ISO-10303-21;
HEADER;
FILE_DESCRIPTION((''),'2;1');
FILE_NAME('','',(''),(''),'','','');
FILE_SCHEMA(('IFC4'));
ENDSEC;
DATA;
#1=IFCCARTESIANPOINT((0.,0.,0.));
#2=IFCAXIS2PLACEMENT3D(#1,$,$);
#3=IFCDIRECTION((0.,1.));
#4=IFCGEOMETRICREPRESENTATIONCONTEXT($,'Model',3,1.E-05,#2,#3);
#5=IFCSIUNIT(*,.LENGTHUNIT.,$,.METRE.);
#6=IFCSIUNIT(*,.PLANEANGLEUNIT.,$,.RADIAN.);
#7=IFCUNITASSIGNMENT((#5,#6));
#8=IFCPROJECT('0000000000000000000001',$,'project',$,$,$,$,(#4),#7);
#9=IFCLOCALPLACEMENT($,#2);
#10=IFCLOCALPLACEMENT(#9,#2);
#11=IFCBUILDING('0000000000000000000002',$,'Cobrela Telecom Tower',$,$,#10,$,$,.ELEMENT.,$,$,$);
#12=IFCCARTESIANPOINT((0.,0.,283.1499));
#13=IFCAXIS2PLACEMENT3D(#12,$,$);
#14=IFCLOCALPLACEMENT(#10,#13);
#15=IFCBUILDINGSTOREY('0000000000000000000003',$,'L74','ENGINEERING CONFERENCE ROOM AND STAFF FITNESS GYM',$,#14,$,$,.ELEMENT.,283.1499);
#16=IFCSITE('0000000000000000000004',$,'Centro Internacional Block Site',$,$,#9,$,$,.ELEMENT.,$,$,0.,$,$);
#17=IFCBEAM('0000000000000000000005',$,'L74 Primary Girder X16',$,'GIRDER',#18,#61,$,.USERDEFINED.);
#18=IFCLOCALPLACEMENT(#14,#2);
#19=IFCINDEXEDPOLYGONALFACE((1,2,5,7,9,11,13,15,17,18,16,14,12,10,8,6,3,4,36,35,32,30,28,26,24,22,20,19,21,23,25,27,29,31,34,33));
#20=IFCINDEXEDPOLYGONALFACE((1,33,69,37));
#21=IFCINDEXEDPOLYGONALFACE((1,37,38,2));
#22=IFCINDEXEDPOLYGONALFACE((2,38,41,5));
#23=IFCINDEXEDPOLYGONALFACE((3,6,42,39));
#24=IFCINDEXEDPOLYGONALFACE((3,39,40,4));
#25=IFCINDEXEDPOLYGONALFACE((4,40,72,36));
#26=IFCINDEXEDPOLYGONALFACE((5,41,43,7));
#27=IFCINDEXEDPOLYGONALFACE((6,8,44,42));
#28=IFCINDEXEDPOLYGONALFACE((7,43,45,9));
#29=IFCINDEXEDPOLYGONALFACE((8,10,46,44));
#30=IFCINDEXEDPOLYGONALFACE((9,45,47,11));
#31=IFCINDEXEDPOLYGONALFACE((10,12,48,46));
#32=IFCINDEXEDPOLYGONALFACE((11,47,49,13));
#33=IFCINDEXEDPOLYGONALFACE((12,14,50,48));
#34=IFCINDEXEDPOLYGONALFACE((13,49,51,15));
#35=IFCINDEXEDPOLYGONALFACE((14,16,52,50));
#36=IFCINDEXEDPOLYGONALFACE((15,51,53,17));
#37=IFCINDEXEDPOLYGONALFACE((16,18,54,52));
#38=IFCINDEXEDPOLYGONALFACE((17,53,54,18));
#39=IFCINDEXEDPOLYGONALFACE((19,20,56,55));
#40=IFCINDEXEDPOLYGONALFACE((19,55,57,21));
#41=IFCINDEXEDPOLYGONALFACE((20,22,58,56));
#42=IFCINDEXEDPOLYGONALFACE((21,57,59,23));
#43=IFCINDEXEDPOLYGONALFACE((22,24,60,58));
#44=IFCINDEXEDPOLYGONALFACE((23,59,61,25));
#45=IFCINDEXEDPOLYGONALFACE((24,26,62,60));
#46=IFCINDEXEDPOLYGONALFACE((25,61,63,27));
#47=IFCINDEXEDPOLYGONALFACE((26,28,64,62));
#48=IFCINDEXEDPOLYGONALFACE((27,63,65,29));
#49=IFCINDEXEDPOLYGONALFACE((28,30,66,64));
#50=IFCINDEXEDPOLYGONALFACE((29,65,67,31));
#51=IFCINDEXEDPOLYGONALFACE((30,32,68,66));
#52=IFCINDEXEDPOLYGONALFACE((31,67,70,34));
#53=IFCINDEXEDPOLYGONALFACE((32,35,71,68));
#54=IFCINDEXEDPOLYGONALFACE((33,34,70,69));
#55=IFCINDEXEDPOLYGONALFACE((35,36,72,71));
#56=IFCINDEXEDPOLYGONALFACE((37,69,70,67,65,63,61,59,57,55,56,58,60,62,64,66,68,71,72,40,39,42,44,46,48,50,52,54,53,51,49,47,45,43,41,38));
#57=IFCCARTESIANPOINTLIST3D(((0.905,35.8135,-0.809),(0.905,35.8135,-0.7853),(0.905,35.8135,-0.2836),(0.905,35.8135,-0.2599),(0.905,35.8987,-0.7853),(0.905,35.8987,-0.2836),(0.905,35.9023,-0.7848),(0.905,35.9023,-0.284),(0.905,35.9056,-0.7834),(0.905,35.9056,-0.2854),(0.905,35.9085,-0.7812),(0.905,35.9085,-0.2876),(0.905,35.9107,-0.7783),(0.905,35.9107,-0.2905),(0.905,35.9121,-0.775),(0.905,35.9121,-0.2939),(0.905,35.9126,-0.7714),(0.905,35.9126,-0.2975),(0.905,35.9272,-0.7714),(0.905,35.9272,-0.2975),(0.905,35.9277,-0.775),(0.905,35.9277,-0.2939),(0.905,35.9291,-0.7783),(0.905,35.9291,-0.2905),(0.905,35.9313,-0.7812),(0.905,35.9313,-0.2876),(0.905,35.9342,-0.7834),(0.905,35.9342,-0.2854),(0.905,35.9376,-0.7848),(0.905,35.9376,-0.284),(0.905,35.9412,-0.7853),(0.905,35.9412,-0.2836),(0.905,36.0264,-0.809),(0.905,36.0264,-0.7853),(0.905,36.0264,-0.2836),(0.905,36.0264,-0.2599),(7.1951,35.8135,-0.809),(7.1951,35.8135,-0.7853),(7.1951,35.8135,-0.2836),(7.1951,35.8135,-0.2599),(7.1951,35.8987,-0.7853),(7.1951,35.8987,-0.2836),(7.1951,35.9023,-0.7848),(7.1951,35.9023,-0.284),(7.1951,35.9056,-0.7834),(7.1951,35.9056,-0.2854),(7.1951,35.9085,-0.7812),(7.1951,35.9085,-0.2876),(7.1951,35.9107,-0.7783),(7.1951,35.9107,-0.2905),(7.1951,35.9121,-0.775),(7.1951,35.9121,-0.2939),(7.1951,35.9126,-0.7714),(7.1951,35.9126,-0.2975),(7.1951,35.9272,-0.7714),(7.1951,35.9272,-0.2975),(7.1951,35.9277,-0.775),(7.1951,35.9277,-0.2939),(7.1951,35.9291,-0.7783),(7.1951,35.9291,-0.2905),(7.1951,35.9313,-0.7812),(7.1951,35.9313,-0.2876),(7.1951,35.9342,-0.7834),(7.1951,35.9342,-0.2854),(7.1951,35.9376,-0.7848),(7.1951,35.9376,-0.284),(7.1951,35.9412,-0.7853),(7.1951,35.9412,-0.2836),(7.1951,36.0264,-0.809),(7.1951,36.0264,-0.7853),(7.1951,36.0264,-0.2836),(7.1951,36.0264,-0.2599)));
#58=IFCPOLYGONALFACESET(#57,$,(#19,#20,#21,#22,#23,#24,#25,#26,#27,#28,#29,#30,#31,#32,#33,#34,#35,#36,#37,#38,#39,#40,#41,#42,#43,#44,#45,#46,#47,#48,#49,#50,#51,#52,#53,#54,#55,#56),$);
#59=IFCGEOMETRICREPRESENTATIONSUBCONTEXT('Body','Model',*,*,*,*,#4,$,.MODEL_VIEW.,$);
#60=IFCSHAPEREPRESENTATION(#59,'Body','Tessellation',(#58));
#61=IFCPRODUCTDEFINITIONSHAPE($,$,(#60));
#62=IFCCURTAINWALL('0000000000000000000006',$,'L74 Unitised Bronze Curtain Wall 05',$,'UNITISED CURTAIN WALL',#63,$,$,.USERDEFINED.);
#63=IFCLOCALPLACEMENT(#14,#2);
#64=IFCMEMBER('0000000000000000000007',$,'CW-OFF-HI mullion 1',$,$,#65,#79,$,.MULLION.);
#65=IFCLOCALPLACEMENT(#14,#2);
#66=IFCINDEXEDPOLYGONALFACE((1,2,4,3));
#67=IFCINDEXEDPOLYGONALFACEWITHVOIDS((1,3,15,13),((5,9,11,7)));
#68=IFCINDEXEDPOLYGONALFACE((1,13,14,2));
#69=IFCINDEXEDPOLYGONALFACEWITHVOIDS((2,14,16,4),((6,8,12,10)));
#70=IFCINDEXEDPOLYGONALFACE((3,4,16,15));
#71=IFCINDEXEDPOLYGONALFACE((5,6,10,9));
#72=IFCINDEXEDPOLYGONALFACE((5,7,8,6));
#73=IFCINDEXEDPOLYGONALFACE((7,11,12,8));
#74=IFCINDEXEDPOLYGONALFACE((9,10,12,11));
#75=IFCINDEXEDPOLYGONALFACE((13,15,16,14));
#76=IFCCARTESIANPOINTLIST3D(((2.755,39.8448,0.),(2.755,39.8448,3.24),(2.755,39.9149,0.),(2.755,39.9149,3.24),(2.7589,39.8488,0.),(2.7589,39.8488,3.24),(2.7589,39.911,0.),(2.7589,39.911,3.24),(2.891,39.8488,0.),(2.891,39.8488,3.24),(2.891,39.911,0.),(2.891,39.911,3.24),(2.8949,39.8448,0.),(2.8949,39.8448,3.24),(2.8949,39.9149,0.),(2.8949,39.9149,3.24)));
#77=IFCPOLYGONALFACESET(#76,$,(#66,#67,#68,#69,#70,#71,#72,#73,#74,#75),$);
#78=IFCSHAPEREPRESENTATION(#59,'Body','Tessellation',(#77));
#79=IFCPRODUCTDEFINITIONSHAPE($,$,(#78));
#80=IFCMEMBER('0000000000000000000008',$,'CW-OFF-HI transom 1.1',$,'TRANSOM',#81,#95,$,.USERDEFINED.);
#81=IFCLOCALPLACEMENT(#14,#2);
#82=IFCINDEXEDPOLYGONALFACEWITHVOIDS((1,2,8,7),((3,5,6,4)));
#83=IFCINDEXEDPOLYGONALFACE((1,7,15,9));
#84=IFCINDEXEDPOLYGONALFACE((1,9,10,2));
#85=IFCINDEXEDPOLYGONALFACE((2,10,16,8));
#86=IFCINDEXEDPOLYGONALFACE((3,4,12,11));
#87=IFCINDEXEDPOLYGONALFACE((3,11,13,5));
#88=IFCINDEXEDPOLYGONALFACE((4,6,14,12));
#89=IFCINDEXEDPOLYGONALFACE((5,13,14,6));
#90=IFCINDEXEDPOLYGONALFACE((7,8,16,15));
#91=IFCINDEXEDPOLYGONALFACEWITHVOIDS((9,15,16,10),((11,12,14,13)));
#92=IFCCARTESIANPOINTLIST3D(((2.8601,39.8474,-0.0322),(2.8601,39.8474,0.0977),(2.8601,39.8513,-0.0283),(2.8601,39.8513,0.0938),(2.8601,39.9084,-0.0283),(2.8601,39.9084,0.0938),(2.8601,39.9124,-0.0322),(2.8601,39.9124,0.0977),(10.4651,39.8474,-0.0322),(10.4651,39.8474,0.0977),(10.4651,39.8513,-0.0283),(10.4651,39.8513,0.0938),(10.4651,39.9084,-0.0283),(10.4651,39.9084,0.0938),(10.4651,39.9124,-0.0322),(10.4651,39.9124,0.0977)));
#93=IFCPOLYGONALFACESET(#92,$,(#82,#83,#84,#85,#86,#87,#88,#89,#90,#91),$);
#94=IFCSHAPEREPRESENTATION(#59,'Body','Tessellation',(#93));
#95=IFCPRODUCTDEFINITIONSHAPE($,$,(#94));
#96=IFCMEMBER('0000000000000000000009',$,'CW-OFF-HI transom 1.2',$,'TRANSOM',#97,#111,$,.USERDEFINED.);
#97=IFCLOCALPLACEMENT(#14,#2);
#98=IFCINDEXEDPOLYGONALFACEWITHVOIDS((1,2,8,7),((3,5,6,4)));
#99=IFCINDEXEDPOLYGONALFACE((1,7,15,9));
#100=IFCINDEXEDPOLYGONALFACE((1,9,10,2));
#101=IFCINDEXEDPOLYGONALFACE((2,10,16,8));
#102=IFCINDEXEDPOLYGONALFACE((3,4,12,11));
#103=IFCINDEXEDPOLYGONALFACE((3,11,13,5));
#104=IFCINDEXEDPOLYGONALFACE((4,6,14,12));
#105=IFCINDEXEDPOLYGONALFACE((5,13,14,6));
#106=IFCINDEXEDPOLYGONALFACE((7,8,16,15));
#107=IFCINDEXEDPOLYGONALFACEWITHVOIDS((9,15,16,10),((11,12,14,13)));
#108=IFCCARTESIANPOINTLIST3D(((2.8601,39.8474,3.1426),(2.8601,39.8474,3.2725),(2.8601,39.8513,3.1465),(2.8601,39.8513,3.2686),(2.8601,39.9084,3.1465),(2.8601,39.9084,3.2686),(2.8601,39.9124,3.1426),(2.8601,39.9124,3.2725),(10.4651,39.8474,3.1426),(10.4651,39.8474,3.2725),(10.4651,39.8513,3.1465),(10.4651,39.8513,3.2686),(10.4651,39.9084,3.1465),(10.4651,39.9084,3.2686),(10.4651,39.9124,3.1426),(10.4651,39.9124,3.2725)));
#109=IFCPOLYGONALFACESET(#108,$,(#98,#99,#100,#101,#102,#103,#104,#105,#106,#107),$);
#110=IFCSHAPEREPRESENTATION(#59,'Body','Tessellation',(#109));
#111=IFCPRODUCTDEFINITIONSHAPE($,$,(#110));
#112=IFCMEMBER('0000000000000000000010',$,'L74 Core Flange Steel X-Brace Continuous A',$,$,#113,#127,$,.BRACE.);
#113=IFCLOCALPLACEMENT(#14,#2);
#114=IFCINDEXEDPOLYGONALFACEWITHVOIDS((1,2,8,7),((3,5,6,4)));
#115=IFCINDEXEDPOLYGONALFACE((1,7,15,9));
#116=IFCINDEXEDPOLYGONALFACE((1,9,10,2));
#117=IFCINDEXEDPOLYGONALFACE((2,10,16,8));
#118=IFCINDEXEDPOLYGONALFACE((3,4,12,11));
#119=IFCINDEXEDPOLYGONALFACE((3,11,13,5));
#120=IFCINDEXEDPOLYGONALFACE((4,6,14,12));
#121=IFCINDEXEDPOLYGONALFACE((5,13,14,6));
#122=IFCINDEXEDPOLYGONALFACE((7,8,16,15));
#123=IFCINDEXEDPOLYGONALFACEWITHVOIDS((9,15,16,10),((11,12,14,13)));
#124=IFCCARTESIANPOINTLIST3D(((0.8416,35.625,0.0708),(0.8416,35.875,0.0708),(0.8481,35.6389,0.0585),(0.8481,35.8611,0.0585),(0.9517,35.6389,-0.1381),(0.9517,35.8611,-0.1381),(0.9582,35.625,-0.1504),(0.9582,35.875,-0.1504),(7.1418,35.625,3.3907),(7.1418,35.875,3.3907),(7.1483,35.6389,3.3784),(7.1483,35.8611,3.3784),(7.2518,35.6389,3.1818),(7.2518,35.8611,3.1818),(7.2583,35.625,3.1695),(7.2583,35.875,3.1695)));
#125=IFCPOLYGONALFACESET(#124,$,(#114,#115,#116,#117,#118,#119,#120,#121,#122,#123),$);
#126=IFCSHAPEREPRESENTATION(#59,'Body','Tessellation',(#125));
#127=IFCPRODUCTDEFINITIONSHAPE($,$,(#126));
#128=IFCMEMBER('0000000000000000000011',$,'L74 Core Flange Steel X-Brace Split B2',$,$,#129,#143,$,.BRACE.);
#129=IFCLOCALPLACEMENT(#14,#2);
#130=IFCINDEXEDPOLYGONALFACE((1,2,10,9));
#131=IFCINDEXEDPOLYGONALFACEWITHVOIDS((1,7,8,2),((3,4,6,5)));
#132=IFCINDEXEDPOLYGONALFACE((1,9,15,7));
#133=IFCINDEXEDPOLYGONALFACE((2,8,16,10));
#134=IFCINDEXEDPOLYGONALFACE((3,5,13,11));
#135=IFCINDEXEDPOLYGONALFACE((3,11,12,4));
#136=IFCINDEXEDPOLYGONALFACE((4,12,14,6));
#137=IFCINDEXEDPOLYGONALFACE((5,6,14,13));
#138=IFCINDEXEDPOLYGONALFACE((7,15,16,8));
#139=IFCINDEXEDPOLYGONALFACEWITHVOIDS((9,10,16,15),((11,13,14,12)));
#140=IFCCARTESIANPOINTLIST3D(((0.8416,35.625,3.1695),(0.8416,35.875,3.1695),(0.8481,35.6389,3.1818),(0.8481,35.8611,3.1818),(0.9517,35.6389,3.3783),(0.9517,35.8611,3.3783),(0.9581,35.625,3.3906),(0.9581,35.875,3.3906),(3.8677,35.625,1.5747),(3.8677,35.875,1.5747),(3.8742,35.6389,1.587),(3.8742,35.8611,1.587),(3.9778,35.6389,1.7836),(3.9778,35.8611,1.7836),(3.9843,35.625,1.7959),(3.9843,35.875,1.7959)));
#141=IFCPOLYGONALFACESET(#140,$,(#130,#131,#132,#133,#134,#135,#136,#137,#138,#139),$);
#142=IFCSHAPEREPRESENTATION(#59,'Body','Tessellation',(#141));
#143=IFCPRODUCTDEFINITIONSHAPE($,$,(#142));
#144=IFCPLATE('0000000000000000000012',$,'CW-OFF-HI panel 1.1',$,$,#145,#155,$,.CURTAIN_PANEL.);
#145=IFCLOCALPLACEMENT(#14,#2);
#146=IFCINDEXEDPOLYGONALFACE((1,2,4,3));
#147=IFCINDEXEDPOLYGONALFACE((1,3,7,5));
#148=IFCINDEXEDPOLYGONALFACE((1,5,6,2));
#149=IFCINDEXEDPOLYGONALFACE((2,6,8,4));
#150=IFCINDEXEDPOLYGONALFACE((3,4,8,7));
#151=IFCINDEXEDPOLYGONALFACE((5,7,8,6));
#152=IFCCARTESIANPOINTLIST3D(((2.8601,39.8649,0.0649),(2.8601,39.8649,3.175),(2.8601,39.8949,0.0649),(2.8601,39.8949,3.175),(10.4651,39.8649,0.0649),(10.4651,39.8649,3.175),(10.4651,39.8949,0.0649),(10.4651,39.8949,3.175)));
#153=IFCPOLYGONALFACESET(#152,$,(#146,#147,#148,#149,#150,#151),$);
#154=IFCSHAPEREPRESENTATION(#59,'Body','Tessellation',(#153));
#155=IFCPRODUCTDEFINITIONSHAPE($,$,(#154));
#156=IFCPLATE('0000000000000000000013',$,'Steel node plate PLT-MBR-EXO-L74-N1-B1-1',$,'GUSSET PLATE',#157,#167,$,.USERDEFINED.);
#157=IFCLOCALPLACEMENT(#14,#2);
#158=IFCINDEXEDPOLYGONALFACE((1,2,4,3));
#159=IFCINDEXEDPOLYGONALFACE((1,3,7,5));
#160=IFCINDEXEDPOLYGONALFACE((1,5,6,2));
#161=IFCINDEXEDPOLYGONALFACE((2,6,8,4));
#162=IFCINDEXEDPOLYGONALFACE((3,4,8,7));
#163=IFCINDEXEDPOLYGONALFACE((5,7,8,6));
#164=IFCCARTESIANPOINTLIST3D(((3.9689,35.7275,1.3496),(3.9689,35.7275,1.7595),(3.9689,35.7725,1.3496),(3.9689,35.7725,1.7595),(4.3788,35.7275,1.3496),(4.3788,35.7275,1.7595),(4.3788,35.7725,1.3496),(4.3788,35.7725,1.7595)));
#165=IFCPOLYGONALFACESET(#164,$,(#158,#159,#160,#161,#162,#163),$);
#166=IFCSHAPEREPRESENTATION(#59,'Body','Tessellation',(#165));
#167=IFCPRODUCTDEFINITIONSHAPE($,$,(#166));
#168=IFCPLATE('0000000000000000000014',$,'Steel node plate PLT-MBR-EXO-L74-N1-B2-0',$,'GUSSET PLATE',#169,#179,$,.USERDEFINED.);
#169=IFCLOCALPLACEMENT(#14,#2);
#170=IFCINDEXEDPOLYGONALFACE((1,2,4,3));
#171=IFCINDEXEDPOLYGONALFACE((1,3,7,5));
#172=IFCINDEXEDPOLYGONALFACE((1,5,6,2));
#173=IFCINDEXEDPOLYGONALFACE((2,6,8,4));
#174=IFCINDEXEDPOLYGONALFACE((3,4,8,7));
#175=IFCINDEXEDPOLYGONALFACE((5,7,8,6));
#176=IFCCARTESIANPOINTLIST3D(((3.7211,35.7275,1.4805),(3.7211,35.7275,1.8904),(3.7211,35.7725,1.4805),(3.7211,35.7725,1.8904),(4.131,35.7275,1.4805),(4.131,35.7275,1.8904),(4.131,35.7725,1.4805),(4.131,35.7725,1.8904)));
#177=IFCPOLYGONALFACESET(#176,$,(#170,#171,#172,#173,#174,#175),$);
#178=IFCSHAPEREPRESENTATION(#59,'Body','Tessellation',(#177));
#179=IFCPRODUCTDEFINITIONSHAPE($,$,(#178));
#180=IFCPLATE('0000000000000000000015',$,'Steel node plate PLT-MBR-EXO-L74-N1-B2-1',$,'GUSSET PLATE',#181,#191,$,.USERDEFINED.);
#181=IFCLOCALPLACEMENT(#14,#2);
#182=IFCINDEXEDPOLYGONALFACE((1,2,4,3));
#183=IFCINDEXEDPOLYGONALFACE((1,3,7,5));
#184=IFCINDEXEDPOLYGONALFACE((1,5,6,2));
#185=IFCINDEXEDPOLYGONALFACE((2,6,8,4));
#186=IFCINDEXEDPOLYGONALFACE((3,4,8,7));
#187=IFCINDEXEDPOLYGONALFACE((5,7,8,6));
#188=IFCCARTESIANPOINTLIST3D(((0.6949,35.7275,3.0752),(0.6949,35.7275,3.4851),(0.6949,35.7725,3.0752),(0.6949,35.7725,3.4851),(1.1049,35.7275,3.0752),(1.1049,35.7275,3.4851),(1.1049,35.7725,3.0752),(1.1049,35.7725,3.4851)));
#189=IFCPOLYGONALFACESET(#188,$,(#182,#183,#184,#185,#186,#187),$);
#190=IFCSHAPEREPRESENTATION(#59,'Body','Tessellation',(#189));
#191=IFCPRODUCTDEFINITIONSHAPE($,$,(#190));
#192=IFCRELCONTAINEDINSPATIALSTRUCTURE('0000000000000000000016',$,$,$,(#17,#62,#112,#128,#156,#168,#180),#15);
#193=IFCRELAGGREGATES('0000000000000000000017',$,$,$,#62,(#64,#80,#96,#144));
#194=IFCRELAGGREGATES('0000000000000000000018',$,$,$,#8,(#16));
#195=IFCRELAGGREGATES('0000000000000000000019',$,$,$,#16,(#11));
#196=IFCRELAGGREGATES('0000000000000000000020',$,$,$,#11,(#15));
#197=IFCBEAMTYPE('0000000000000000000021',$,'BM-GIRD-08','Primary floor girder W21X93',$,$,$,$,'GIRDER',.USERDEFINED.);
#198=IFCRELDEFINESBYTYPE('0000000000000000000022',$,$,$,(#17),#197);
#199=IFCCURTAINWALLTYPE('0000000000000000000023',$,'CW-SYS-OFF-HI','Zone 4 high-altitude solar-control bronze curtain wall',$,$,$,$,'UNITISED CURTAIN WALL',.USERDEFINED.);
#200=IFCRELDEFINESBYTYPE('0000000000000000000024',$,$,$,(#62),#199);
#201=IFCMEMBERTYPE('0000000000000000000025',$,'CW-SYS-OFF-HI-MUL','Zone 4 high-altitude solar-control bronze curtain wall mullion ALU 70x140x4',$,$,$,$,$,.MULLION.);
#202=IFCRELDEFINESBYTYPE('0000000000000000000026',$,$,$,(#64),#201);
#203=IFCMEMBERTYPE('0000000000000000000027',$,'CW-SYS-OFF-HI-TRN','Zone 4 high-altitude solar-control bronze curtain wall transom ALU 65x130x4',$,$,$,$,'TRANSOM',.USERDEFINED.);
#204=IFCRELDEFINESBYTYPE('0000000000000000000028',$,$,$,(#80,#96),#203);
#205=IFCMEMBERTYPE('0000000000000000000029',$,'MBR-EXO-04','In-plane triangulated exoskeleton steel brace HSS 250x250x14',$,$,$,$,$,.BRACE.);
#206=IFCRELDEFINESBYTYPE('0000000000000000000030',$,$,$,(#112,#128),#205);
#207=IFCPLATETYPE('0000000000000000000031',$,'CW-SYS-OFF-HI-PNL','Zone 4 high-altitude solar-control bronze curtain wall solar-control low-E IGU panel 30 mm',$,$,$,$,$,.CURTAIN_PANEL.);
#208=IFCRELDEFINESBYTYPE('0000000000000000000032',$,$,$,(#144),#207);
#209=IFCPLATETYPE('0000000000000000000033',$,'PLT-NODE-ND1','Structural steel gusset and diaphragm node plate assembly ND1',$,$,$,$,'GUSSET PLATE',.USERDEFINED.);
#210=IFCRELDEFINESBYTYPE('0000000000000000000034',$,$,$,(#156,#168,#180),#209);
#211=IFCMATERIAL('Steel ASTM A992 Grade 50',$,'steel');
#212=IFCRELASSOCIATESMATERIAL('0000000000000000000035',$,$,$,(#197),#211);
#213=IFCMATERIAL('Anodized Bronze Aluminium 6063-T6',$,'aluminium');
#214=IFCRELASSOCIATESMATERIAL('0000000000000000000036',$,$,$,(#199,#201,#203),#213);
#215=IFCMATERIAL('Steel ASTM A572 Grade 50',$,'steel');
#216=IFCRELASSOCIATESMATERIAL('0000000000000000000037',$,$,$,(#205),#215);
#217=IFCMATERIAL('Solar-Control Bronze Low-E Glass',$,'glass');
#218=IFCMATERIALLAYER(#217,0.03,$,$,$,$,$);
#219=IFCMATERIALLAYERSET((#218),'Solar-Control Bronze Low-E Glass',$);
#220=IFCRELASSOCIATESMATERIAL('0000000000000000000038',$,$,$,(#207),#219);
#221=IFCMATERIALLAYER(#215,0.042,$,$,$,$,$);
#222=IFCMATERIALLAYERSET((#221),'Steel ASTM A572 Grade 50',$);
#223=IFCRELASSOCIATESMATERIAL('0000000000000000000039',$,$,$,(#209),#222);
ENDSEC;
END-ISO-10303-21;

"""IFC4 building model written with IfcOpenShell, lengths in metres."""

from ifc_helpers import new_model, si_unit, direction, frame, origin, origin_2d, place, context, subcontext, project, spatial, rectangle, hollow_rectangle, i_section, extrude, material, layer, layer_set, material_profile, profile_set, type_object, element, aggregate, save


model = new_model("IFC4")

# Units and contexts
model_context = context("Model", 3, precision=1e-05, world=origin(), true_north=direction((0.0, 1.0)))
body_context = subcontext(model_context, "Body", "Model", "MODEL_VIEW")
ifc_project = project(units=[si_unit("LENGTHUNIT", "METRE"), si_unit("PLANEANGLEUNIT", "RADIAN")], contexts=[model_context])

# Site, building, storey
site_placement = place(None, origin())
site = spatial("IfcSite", under=ifc_project, at=site_placement, Name="Centro Internacional Block Site", CompositionType="ELEMENT", RefElevation=0.0)
building_placement = place(site_placement, origin())
building = spatial("IfcBuilding", under=site, at=building_placement, Name="Cobrela Telecom Tower", CompositionType="ELEMENT")
storey_placement = place(building_placement, frame((0.0, 0.0, 283.1499)))
storey = spatial("IfcBuildingStorey", under=building, at=storey_placement, Name="L74", Description="ENGINEERING CONFERENCE ROOM AND STAFF FITNESS GYM", CompositionType="ELEMENT", Elevation=283.1499)

# Beam
ifc_material_1 = material(Name="Steel ASTM A992 Grade 50", Category="steel")
ifc_material_profile_1 = material_profile(ifc_material_1, i_section(OverallWidth=0.2129, OverallDepth=0.5491, WebThickness=0.0146, FlangeThickness=0.0237, FilletRadius=0.0139, at=origin_2d()), Name="W21X93")
ifc_profile_set_1 = profile_set([ifc_material_profile_1], Name="Steel ASTM A992 Grade 50")
beam_type = type_object("IfcBeamType", Name="BM-GIRD-08", Description="Primary floor girder W21X93", ElementType="GIRDER", PredefinedType="USERDEFINED", material=ifc_profile_set_1)
beam_placement = place(storey_placement, frame((0.905, 35.9199, -0.5344), z_axis=(1.0, 0.0, 0.0), x_axis=(0.0, 1.0, 0.0)))
element("IfcBeam", 1, at=beam_placement, inside=storey, type_object=beam_type, Name="L74 Primary Girder X16", ObjectType="GIRDER", PredefinedType="USERDEFINED", context=body_context, shape_type="SweptSolid", body=[
    extrude(i_section(OverallWidth=0.2129, OverallDepth=0.5491, WebThickness=0.0146, FlangeThickness=0.0237, FilletRadius=0.0139, at=origin_2d()), origin(), (0.0, 0.0, 1.0), 6.29),
])

# Curtain wall, members
ifc_material_2 = material(Name="Anodized Bronze Aluminium 6063-T6", Category="aluminium")
curtain_wall_type = type_object("IfcCurtainWallType", Name="CW-SYS-OFF-HI", Description="Zone 4 high-altitude solar-control bronze curtain wall", ElementType="UNITISED CURTAIN WALL", PredefinedType="USERDEFINED", material=ifc_material_2)
curtain_wall_placement = place(storey_placement, origin())
curtain_wall = element("IfcCurtainWall", 2, at=curtain_wall_placement, inside=storey, type_object=curtain_wall_type, Name="L74 Unitised Bronze Curtain Wall 05", ObjectType="UNITISED CURTAIN WALL", PredefinedType="USERDEFINED")
ifc_material_profile_2 = material_profile(ifc_material_2, hollow_rectangle(XDim=0.0701, YDim=0.1399, WallThickness=0.0039, at=origin_2d()), Name="ALU 70x140x4")
ifc_profile_set_2 = profile_set([ifc_material_profile_2], Name="Anodized Bronze Aluminium 6063-T6")
member_type_1 = type_object("IfcMemberType", Name="CW-SYS-OFF-HI-MUL", Description="Zone 4 high-altitude solar-control bronze curtain wall mullion ALU 70x140x4", PredefinedType="MULLION", material=ifc_profile_set_2)
member_1_placement = place(storey_placement, frame((2.825, 39.8799, 0.0), z_axis=(0.0, 0.0, 1.0), x_axis=(0.0, 1.0, 0.0)))
member_1 = element("IfcMember", 3, at=member_1_placement, type_object=member_type_1, Name="CW-OFF-HI mullion 1", PredefinedType="MULLION", context=body_context, shape_type="SweptSolid", body=[
    extrude(hollow_rectangle(XDim=0.0701, YDim=0.1399, WallThickness=0.0039, at=origin_2d()), origin(), (0.0, 0.0, 1.0), 3.24),
])
ifc_material_profile_3 = material_profile(ifc_material_2, hollow_rectangle(XDim=0.0649, YDim=0.1299, WallThickness=0.0039, at=origin_2d()), Name="ALU 65x130x4")
ifc_profile_set_3 = profile_set([ifc_material_profile_3], Name="Anodized Bronze Aluminium 6063-T6")
member_type_2 = type_object("IfcMemberType", Name="CW-SYS-OFF-HI-TRN", Description="Zone 4 high-altitude solar-control bronze curtain wall transom ALU 65x130x4", ElementType="TRANSOM", PredefinedType="USERDEFINED", material=ifc_profile_set_3)
member_2_placement = place(storey_placement, frame((2.8601, 39.8799, 0.0327), z_axis=(1.0, 0.0, 0.0), x_axis=(0.0, 1.0, 0.0)))
member_2 = element("IfcMember", 4, at=member_2_placement, type_object=member_type_2, Name="CW-OFF-HI transom 1.1", ObjectType="TRANSOM", PredefinedType="USERDEFINED", context=body_context, shape_type="SweptSolid", body=[
    extrude(hollow_rectangle(XDim=0.0649, YDim=0.1299, WallThickness=0.0039, at=origin_2d()), origin(), (0.0, 0.0, 1.0), 7.605),
])
member_3_placement = place(storey_placement, frame((2.8601, 39.8799, 3.2075), z_axis=(1.0, 0.0, 0.0), x_axis=(0.0, 1.0, 0.0)))
member_3 = element("IfcMember", 5, at=member_3_placement, type_object=member_type_2, Name="CW-OFF-HI transom 1.2", ObjectType="TRANSOM", PredefinedType="USERDEFINED", context=body_context, shape_type="SweptSolid", body=[
    extrude(hollow_rectangle(XDim=0.0649, YDim=0.1299, WallThickness=0.0039, at=origin_2d()), origin(), (0.0, 0.0, 1.0), 7.605),
])

# Members
ifc_material_3 = material(Name="Steel ASTM A572 Grade 50", Category="steel")
ifc_material_profile_4 = material_profile(ifc_material_3, hollow_rectangle(XDim=0.25, YDim=0.25, WallThickness=0.0139, at=origin_2d()), Name="HSS 250x250x14")
ifc_profile_set_4 = profile_set([ifc_material_profile_4], Name="Steel ASTM A572 Grade 50")
member_type_3 = type_object("IfcMemberType", Name="MBR-EXO-04", Description="In-plane triangulated exoskeleton steel brace HSS 250x250x14", PredefinedType="BRACE", material=ifc_profile_set_4)
member_4_placement = place(storey_placement, frame((0.8999, 35.75, -0.0398), z_axis=(0.884686, 0.0, 0.466187), x_axis=(0.0, 1.0, 0.0)))
element("IfcMember", 6, at=member_4_placement, inside=storey, type_object=member_type_3, Name="L74 Core Flange Steel X-Brace Continuous A", PredefinedType="BRACE", context=body_context, shape_type="SweptSolid", body=[
    extrude(hollow_rectangle(XDim=0.25, YDim=0.25, WallThickness=0.0139, at=origin_2d()), origin(), (0.0, 0.0, 1.0), 7.1213),
])
member_5_placement = place(storey_placement, frame((3.926, 35.75, 1.6853), z_axis=(-0.884673, 0.0, 0.466211), x_axis=(0.0, -1.0, 0.0)))
element("IfcMember", 7, at=member_5_placement, inside=storey, type_object=member_type_3, Name="L74 Core Flange Steel X-Brace Split B2", PredefinedType="BRACE", context=body_context, shape_type="SweptSolid", body=[
    extrude(hollow_rectangle(XDim=0.25, YDim=0.25, WallThickness=0.0139, at=origin_2d()), origin(), (0.0, 0.0, 1.0), 3.4207),
])

# Plate
ifc_material_4 = material(Name="Solar-Control Bronze Low-E Glass", Category="glass")
ifc_layer_1 = layer(ifc_material_4, 0.03)
ifc_layer_set_1 = layer_set([ifc_layer_1], Name="Solar-Control Bronze Low-E Glass")
plate_type_1 = type_object("IfcPlateType", Name="CW-SYS-OFF-HI-PNL", Description="Zone 4 high-altitude solar-control bronze curtain wall solar-control low-E IGU panel 30 mm", PredefinedType="CURTAIN_PANEL", material=ifc_layer_set_1)
plate_1_placement = place(storey_placement, frame((6.6626, 39.8799, 0.0649), z_axis=(0.0, 0.0, 1.0), x_axis=(1.0, 0.0, 0.0)))
plate_1 = element("IfcPlate", 8, at=plate_1_placement, type_object=plate_type_1, Name="CW-OFF-HI panel 1.1", PredefinedType="CURTAIN_PANEL", context=body_context, shape_type="SweptSolid", body=[
    extrude(rectangle(XDim=7.605, YDim=0.03, at=origin_2d()), origin(), (0.0, 0.0, 1.0), 3.1101),
])
aggregate(curtain_wall, [member_1, member_2, member_3, plate_1])

# Plates
ifc_layer_2 = layer(ifc_material_3, 0.042)
ifc_layer_set_2 = layer_set([ifc_layer_2], Name="Steel ASTM A572 Grade 50")
plate_type_2 = type_object("IfcPlateType", Name="PLT-NODE-ND1", Description="Structural steel gusset and diaphragm node plate assembly ND1", ElementType="GUSSET PLATE", PredefinedType="USERDEFINED", material=ifc_layer_set_2)
for number, where, z_axis, x_axis, name in (
    (9, (4.1738, 35.75, 1.3496), (0.0, 0.0, 1.0), (-1.0, 0.0, 0.0), "Steel node plate PLT-MBR-EXO-L74-N1-B1-1"),
    (10, (3.926, 35.75, 1.4805), (0.0, 0.0, 1.0), (-1.0, 0.0, 0.0), "Steel node plate PLT-MBR-EXO-L74-N1-B2-0"),
    (11, (0.8999, 35.75, 3.0752), (0.0, 0.0, 1.0), (-1.0, 0.0, 0.0), "Steel node plate PLT-MBR-EXO-L74-N1-B2-1"),
):
    element("IfcPlate", number, at=place(storey_placement, frame(where, z_axis=z_axis, x_axis=x_axis)), inside=storey, type_object=plate_type_2, Name=name, ObjectType="GUSSET PLATE", PredefinedType="USERDEFINED", context=body_context, shape_type="SweptSolid", body=[
        extrude(rectangle(XDim=0.4099, YDim=0.0449, at=origin_2d()), origin(), (0.0, 0.0, 1.0), 0.4099),
    ])

save(model, "model.ifc")
